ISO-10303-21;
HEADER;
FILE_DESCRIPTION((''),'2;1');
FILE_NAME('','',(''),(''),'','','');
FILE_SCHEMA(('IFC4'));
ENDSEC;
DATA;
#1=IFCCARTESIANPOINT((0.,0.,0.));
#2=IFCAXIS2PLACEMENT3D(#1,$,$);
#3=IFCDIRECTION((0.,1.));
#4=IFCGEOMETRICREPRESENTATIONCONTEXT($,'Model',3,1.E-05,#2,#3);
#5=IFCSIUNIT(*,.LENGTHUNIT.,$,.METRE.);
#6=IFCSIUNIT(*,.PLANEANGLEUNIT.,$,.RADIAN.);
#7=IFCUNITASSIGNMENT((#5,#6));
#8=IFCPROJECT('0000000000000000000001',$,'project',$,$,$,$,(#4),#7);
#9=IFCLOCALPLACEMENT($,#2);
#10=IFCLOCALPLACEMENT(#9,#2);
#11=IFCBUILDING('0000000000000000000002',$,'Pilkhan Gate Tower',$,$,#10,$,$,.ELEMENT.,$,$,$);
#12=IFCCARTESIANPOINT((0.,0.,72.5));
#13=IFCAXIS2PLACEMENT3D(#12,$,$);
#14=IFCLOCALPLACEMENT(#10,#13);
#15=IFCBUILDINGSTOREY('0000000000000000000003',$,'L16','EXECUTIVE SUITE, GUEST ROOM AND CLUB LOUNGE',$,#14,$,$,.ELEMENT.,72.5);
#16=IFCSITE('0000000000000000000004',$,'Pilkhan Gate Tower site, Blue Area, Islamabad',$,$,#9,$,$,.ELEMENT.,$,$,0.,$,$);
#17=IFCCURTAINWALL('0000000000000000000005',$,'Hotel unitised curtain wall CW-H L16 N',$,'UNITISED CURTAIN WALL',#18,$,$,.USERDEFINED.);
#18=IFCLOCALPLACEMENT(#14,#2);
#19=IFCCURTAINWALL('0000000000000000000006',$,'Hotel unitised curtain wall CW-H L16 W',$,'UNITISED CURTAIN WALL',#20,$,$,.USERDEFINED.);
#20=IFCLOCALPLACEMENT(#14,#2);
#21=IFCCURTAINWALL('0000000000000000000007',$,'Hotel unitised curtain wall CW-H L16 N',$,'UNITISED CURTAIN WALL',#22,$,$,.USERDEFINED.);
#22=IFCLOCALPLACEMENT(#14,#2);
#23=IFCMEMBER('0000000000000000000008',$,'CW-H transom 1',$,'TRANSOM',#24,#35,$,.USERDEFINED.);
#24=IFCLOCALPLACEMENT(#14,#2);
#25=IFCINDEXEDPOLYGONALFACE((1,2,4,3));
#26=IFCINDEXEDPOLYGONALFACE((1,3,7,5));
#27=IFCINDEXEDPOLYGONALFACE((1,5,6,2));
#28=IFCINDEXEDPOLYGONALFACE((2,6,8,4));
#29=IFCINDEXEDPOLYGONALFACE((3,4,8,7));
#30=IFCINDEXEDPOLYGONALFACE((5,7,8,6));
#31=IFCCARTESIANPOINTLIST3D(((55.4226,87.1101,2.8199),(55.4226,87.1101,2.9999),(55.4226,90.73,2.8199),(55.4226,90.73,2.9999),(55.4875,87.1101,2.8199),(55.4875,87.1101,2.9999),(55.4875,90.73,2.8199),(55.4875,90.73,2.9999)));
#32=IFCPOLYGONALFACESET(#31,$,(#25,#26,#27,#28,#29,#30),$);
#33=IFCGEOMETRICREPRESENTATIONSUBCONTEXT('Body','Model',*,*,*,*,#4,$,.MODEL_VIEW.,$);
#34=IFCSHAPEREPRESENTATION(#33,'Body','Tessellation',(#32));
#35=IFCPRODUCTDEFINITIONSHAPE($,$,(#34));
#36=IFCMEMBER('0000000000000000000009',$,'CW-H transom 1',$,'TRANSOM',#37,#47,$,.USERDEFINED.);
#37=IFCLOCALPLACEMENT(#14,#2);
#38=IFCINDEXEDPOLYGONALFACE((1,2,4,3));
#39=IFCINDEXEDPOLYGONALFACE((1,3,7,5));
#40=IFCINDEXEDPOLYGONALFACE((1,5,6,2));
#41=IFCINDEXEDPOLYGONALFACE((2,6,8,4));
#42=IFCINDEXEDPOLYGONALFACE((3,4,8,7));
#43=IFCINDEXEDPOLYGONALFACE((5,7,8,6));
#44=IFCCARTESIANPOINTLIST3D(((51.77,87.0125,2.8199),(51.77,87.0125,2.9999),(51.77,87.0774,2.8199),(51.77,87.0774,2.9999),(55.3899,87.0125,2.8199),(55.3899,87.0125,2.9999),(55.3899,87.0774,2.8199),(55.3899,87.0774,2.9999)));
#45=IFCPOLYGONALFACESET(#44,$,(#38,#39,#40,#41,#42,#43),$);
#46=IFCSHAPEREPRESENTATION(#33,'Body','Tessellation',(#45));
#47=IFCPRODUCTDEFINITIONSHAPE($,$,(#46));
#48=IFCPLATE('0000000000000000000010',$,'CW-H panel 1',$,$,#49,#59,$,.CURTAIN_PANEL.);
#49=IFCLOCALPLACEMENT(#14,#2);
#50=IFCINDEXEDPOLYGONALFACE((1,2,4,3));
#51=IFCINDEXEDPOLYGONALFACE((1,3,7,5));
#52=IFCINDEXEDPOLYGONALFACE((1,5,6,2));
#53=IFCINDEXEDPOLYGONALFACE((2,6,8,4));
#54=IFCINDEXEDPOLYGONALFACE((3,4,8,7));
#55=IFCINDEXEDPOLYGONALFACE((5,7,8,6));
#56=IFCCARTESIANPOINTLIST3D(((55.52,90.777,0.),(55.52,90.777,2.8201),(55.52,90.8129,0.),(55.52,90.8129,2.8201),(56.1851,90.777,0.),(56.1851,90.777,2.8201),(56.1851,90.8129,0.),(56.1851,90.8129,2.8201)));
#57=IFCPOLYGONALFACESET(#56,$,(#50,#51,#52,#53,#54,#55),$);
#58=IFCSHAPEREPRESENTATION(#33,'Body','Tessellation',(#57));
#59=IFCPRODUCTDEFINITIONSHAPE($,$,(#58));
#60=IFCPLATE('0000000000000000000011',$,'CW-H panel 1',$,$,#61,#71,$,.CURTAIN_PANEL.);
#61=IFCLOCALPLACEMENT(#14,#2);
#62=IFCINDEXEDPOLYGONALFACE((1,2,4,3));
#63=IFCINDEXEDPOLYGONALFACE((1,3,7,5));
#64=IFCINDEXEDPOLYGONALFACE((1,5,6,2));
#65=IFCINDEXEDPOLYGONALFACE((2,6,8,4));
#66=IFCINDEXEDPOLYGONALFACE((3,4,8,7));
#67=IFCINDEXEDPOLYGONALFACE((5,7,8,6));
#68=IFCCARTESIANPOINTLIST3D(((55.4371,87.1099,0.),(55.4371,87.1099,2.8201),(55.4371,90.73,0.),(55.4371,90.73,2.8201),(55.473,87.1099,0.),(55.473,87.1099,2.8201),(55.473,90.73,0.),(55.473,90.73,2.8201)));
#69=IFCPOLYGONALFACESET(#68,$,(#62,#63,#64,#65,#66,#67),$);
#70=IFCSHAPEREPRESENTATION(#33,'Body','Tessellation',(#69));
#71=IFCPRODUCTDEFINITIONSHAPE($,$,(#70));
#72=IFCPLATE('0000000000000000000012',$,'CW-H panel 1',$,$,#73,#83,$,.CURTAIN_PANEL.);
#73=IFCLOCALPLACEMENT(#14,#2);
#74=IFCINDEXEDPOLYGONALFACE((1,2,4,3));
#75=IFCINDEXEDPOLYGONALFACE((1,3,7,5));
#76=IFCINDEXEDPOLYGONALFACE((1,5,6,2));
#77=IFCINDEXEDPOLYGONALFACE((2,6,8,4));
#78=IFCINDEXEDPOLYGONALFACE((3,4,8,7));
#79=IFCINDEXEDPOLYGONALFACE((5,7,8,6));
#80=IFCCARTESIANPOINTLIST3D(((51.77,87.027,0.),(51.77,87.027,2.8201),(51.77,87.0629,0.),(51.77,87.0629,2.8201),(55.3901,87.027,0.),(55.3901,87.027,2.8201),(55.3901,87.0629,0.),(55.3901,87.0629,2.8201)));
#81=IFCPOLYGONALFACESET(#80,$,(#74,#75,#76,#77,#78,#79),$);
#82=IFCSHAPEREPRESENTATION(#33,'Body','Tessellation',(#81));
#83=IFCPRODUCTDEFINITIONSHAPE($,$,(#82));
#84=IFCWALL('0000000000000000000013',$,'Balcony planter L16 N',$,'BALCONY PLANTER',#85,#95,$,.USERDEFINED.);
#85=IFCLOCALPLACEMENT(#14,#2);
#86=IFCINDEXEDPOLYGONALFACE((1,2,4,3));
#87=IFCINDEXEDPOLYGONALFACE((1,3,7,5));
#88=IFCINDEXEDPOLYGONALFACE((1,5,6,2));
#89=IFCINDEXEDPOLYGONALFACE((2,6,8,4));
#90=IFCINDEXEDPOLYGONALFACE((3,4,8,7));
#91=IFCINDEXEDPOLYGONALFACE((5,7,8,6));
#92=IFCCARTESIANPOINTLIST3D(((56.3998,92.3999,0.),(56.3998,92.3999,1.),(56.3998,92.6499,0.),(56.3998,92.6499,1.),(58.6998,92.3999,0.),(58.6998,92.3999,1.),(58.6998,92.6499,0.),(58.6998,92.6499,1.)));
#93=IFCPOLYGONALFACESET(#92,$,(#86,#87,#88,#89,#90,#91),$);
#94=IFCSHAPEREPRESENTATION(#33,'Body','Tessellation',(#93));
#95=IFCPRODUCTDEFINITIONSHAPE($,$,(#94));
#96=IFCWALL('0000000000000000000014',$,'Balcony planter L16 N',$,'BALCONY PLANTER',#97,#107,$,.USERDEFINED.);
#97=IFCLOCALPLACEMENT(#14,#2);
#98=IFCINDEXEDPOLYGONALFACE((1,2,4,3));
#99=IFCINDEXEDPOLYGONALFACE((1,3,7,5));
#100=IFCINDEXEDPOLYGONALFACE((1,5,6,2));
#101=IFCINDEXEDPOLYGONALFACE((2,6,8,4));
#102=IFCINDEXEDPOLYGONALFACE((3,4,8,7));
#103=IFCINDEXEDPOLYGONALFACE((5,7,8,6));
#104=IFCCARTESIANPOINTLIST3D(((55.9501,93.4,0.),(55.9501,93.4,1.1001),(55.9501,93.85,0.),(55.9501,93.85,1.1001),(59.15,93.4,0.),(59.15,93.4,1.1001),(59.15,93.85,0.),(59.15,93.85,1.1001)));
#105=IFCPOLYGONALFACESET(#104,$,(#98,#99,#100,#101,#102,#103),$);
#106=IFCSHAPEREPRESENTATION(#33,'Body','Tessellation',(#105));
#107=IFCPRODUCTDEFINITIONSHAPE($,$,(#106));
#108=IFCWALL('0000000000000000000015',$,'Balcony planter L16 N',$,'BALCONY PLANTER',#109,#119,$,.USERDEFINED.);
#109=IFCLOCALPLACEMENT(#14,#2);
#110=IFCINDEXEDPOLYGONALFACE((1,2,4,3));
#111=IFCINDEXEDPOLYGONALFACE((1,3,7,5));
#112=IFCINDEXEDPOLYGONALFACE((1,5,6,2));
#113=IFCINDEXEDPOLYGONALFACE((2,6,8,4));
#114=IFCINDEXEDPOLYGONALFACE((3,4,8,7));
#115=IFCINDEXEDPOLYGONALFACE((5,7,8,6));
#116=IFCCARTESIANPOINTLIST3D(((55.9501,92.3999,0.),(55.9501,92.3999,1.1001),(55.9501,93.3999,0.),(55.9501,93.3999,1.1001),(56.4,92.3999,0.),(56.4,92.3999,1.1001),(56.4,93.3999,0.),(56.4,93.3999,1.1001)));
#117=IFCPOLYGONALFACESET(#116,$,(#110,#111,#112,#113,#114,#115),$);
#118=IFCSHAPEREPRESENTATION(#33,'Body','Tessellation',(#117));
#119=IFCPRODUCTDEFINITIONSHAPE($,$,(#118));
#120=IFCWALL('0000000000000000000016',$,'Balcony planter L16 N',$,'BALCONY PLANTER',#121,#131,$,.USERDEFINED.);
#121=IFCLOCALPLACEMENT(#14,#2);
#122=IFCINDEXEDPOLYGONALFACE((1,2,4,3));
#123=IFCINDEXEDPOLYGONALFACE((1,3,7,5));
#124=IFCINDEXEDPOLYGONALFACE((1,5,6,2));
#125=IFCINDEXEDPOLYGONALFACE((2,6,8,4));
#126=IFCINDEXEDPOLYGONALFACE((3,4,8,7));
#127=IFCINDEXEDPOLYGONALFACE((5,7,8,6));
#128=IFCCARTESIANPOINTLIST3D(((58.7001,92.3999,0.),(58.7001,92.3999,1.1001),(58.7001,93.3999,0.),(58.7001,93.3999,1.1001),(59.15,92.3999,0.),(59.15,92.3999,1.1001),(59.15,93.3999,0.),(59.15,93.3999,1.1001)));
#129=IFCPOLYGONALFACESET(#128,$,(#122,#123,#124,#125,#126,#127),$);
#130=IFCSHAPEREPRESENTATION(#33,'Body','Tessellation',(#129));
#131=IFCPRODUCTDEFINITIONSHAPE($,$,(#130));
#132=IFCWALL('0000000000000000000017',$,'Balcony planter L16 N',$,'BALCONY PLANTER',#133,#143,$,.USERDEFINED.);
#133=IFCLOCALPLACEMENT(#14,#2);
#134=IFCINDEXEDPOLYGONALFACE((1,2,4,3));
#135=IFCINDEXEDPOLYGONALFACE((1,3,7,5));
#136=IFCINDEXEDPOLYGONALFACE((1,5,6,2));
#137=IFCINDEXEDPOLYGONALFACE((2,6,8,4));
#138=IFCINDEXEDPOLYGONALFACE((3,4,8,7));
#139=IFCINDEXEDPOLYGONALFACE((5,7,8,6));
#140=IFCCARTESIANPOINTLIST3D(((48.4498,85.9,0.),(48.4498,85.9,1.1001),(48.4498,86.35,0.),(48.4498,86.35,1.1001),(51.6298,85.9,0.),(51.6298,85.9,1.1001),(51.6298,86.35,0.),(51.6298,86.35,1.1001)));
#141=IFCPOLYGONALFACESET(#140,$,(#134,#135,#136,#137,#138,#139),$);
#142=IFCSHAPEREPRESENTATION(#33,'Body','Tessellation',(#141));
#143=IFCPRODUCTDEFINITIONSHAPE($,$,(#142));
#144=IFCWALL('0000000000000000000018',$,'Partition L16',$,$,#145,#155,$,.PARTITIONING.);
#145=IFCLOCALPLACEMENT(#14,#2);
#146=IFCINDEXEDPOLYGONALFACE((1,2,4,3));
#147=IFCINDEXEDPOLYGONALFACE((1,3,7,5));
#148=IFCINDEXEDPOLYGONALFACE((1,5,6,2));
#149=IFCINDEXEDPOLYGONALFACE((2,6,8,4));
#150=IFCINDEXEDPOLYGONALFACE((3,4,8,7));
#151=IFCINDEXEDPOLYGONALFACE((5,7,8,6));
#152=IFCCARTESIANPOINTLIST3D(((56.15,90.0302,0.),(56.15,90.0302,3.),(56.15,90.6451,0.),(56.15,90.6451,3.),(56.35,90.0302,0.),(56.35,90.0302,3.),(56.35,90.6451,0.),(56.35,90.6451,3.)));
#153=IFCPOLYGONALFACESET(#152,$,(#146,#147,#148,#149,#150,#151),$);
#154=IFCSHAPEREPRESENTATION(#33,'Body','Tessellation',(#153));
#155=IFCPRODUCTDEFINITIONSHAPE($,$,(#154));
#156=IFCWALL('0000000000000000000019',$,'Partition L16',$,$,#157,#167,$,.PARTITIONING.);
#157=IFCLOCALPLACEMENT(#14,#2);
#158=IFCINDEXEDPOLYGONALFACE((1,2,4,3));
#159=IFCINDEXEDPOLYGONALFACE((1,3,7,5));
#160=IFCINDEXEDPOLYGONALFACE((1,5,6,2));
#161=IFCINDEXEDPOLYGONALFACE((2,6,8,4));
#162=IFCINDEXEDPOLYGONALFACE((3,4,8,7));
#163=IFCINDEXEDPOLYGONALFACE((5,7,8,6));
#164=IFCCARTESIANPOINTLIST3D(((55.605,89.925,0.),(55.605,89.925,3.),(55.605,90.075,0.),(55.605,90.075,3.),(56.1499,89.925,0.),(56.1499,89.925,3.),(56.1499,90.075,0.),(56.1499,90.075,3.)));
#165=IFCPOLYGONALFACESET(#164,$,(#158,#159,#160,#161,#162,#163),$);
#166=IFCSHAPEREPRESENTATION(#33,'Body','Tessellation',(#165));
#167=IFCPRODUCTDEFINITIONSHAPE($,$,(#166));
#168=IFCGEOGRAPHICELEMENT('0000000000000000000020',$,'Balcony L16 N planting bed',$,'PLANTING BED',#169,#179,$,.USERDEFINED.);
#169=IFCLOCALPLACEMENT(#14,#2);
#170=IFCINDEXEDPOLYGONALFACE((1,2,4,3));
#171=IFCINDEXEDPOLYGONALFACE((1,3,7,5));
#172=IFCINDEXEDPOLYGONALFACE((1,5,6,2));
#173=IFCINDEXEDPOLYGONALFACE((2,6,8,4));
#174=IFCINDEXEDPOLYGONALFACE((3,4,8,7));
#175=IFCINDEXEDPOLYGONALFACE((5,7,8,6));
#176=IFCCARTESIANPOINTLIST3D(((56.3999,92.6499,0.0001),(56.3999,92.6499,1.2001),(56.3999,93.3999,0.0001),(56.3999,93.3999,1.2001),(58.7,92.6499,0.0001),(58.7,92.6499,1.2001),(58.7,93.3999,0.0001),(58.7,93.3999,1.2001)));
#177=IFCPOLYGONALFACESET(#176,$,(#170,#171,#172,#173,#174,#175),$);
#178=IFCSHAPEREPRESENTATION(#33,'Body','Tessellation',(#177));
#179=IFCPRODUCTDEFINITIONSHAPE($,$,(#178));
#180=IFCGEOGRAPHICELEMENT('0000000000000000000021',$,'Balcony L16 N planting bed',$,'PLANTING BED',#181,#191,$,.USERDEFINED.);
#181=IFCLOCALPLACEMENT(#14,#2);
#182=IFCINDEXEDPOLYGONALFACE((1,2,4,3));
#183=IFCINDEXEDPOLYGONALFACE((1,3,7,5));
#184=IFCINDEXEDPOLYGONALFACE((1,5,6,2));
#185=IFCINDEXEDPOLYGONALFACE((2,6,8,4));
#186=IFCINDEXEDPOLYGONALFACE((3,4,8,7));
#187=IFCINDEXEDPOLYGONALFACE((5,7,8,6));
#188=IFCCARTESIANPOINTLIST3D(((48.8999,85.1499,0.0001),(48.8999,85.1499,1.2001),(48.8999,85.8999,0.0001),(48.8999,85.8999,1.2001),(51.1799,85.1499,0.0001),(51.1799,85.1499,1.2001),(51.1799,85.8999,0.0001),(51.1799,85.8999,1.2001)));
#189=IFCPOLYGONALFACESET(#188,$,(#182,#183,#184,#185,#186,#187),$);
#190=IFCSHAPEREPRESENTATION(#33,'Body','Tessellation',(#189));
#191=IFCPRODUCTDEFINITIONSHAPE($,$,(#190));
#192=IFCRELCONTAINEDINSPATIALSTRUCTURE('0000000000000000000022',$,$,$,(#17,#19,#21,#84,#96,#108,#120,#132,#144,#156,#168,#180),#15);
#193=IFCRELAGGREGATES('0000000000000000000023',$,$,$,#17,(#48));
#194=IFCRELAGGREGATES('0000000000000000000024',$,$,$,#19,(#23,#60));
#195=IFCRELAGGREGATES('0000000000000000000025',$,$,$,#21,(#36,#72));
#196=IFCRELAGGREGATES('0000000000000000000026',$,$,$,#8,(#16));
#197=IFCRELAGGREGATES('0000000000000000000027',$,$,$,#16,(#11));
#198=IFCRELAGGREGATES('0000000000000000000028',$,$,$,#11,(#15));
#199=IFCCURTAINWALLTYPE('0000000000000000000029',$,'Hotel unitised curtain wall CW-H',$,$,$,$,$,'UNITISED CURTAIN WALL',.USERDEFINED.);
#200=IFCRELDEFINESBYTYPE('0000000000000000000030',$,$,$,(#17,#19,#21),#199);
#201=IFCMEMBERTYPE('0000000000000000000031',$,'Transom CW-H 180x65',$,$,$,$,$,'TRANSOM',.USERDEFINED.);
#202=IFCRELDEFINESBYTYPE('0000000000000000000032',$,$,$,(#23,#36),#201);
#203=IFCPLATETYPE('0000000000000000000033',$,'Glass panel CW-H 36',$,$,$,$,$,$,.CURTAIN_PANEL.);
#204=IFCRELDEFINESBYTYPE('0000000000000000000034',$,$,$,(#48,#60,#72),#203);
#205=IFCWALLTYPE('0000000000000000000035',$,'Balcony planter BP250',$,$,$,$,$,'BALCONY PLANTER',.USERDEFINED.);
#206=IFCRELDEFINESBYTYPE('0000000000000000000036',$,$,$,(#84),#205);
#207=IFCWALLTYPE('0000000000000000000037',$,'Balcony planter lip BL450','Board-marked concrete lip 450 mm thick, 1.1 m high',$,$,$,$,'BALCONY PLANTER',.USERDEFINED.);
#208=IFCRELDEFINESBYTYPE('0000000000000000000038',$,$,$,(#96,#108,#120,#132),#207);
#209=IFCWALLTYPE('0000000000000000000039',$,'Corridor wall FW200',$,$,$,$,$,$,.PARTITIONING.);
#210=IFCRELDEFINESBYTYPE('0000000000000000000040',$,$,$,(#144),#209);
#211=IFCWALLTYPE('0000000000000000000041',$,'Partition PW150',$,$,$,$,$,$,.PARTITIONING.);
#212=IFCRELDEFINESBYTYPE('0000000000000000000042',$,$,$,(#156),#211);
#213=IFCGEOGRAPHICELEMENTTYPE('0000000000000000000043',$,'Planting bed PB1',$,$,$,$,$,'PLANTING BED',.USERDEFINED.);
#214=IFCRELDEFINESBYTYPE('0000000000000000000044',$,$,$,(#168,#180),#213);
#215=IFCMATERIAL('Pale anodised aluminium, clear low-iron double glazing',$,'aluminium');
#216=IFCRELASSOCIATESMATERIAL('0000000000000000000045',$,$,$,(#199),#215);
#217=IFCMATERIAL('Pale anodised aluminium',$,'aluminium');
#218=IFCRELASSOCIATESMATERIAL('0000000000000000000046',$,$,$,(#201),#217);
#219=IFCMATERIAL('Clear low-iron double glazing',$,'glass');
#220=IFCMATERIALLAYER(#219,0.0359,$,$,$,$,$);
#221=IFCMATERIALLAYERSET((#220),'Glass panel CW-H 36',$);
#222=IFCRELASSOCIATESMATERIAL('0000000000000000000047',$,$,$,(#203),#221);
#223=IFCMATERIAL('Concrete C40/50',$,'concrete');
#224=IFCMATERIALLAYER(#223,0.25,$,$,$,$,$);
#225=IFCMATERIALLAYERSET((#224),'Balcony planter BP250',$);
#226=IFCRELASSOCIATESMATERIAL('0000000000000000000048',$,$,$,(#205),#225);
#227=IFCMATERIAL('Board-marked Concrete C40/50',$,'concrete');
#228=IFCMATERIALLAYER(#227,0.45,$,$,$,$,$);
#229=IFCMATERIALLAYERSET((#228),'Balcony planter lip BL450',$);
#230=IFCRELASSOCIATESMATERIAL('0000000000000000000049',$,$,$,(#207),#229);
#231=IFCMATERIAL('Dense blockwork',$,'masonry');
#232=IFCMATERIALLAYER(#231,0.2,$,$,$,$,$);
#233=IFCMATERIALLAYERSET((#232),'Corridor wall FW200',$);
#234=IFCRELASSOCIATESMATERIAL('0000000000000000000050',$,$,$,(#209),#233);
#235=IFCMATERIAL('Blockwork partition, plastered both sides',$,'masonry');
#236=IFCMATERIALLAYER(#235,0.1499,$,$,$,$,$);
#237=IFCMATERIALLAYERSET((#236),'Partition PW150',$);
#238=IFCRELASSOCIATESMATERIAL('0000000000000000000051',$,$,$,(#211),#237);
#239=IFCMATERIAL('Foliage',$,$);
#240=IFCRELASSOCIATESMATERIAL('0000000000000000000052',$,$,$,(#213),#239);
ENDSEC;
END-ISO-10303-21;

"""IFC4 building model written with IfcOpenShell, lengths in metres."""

from ifc_helpers import new_model, si_unit, direction, frame, frame_2d, origin, origin_2d, place, context, subcontext, project, spatial, rectangle, extrude, material, layer, layer_set, material_profile, profile_set, type_object, element, aggregate, save


model = new_model("IFC4")

# Units and contexts
model_context = context("Model", 3, precision=1e-05, world=origin(), true_north=direction((0.0, 1.0)))
body_context = subcontext(model_context, "Body", "Model", "MODEL_VIEW")
ifc_project = project(units=[si_unit("LENGTHUNIT", "METRE"), si_unit("PLANEANGLEUNIT", "RADIAN")], contexts=[model_context])

# Site, building, storey
site_placement = place(None, origin())
site = spatial("IfcSite", under=ifc_project, at=site_placement, Name="Pilkhan Gate Tower site, Blue Area, Islamabad", CompositionType="ELEMENT", RefElevation=0.0)
building_placement = place(site_placement, origin())
building = spatial("IfcBuilding", under=site, at=building_placement, Name="Pilkhan Gate Tower", CompositionType="ELEMENT")
storey_placement = place(building_placement, frame((0.0, 0.0, 72.5)))
storey = spatial("IfcBuildingStorey", under=building, at=storey_placement, Name="L16", Description="EXECUTIVE SUITE, GUEST ROOM AND CLUB LOUNGE", CompositionType="ELEMENT", Elevation=72.5)

# Shared definitions
ifc_material_1 = material(Name="Pale anodised aluminium, clear low-iron double glazing", Category="aluminium")
curtain_wall_type = type_object("IfcCurtainWallType", Name="Hotel unitised curtain wall CW-H", ElementType="UNITISED CURTAIN WALL", PredefinedType="USERDEFINED", material=ifc_material_1)
ifc_material_2 = material(Name="Pale anodised aluminium", Category="aluminium")

# Curtain walls
curtain_wall_1_placement = place(storey_placement, origin())
curtain_wall_1 = element("IfcCurtainWall", 1, at=curtain_wall_1_placement, inside=storey, type_object=curtain_wall_type, Name="Hotel unitised curtain wall CW-H L16 N", ObjectType="UNITISED CURTAIN WALL", PredefinedType="USERDEFINED")
curtain_wall_2_placement = place(storey_placement, origin())
curtain_wall_2 = element("IfcCurtainWall", 2, at=curtain_wall_2_placement, inside=storey, type_object=curtain_wall_type, Name="Hotel unitised curtain wall CW-H L16 W", ObjectType="UNITISED CURTAIN WALL", PredefinedType="USERDEFINED")
curtain_wall_3_placement = place(storey_placement, origin())
curtain_wall_3 = element("IfcCurtainWall", 3, at=curtain_wall_3_placement, inside=storey, type_object=curtain_wall_type, Name="Hotel unitised curtain wall CW-H L16 N", ObjectType="UNITISED CURTAIN WALL", PredefinedType="USERDEFINED")

# Members
ifc_material_profile_1 = material_profile(ifc_material_2, rectangle(XDim=0.0649, YDim=0.1799, at=origin_2d()), Name="Transom 180x65")
ifc_profile_set_1 = profile_set([ifc_material_profile_1], Name="Pale anodised aluminium")
member_type_1 = type_object("IfcMemberType", Name="Transom CW-H 180x65", ElementType="TRANSOM", PredefinedType="USERDEFINED", material=ifc_profile_set_1)
member_1_placement = place(storey_placement, frame((55.4551, 87.1101, 2.9099), z_axis=(0.0, 1.0, 0.0), x_axis=(-1.0, 0.0, 0.0)))
member_1 = element("IfcMember", 4, at=member_1_placement, type_object=member_type_1, Name="CW-H transom 1", ObjectType="TRANSOM", PredefinedType="USERDEFINED", context=body_context, shape_type="SweptSolid", body=[
    extrude(rectangle(XDim=0.0649, YDim=0.1799, at=origin_2d()), origin(), (0.0, 0.0, 1.0), 3.6199),
])
member_2_placement = place(storey_placement, frame((51.77, 87.0449, 2.9099), z_axis=(1.0, 0.0, 0.0), x_axis=(0.0, 1.0, 0.0)))
member_2 = element("IfcMember", 5, at=member_2_placement, type_object=member_type_1, Name="CW-H transom 1", ObjectType="TRANSOM", PredefinedType="USERDEFINED", context=body_context, shape_type="SweptSolid", body=[
    extrude(rectangle(XDim=0.0649, YDim=0.1799, at=origin_2d()), origin(), (0.0, 0.0, 1.0), 3.6199),
])

# Plates
ifc_material_3 = material(Name="Clear low-iron double glazing", Category="glass")
ifc_layer_1 = layer(ifc_material_3, 0.0359)
ifc_layer_set_1 = layer_set([ifc_layer_1], Name="Glass panel CW-H 36")
plate_type = type_object("IfcPlateType", Name="Glass panel CW-H 36", PredefinedType="CURTAIN_PANEL", material=ifc_layer_set_1)
plate_1_placement = place(storey_placement, frame((55.8525, 90.7949, 0.0), z_axis=(0.0, 0.0, 1.0), x_axis=(1.0, 0.0, 0.0)))
plate_1 = element("IfcPlate", 6, at=plate_1_placement, type_object=plate_type, Name="CW-H panel 1", PredefinedType="CURTAIN_PANEL", context=body_context, shape_type="SweptSolid", body=[
    extrude(rectangle(XDim=0.665, YDim=0.0359, at=origin_2d()), origin(), (0.0, 0.0, 1.0), 2.8201),
])
aggregate(curtain_wall_1, [plate_1])
plate_2_placement = place(storey_placement, frame((55.4551, 88.9199, 0.0), z_axis=(0.0, 0.0, 1.0), x_axis=(0.0, 1.0, 0.0)))
plate_2 = element("IfcPlate", 7, at=plate_2_placement, type_object=plate_type, Name="CW-H panel 1", PredefinedType="CURTAIN_PANEL", context=body_context, shape_type="SweptSolid", body=[
    extrude(rectangle(XDim=3.6201, YDim=0.0359, at=origin_2d()), origin(), (0.0, 0.0, 1.0), 2.8201),
])
aggregate(curtain_wall_2, [member_1, plate_2])
plate_3_placement = place(storey_placement, frame((53.5801, 87.0449, 0.0), z_axis=(0.0, 0.0, 1.0), x_axis=(1.0, 0.0, 0.0)))
plate_3 = element("IfcPlate", 8, at=plate_3_placement, type_object=plate_type, Name="CW-H panel 1", PredefinedType="CURTAIN_PANEL", context=body_context, shape_type="SweptSolid", body=[
    extrude(rectangle(XDim=3.6201, YDim=0.0359, at=origin_2d()), origin(), (0.0, 0.0, 1.0), 2.8201),
])
aggregate(curtain_wall_3, [member_2, plate_3])

# Walls
ifc_material_4 = material(Name="Concrete C40/50", Category="concrete")
ifc_layer_2 = layer(ifc_material_4, 0.25)
ifc_layer_set_2 = layer_set([ifc_layer_2], Name="Balcony planter BP250")
wall_type_1 = type_object("IfcWallType", Name="Balcony planter BP250", ElementType="BALCONY PLANTER", PredefinedType="USERDEFINED", material=ifc_layer_set_2)
wall_1_placement = place(storey_placement, frame((56.3999, 92.5249, 0.0), z_axis=(0.0, 0.0, 1.0), x_axis=(1.0, 0.0, 0.0)))
element("IfcWall", 9, at=wall_1_placement, inside=storey, type_object=wall_type_1, Name="Balcony planter L16 N", ObjectType="BALCONY PLANTER", PredefinedType="USERDEFINED", context=body_context, shape_type="SweptSolid", body=[
    extrude(rectangle(XDim=2.3, YDim=0.25, at=frame_2d((1.1499, 0.0))), origin(), (0.0, 0.0, 1.0), 1.0),
])
ifc_material_5 = material(Name="Board-marked Concrete C40/50", Category="concrete")
ifc_layer_3 = layer(ifc_material_5, 0.45)
ifc_layer_set_3 = layer_set([ifc_layer_3], Name="Balcony planter lip BL450")
wall_type_2 = type_object("IfcWallType", Name="Balcony planter lip BL450", Description="Board-marked concrete lip 450 mm thick, 1.1 m high", ElementType="BALCONY PLANTER", PredefinedType="USERDEFINED", material=ifc_layer_set_3)
wall_2_placement = place(storey_placement, frame((55.95, 93.625, 0.0), z_axis=(0.0, 0.0, 1.0), x_axis=(1.0, 0.0, 0.0)))
element("IfcWall", 10, at=wall_2_placement, inside=storey, type_object=wall_type_2, Name="Balcony planter L16 N", ObjectType="BALCONY PLANTER", PredefinedType="USERDEFINED", context=body_context, shape_type="SweptSolid", body=[
    extrude(rectangle(XDim=3.2, YDim=0.45, at=frame_2d((1.6001, 0.0))), origin(), (0.0, 0.0, 1.0), 1.1001),
])
for number, where, z_axis, x_axis, name in (
    (11, (56.175, 92.3999, 0.0), (0.0, 0.0, 1.0), (0.0, 1.0, 0.0), "Balcony planter L16 N"),
    (12, (58.925, 92.3999, 0.0), (0.0, 0.0, 1.0), (0.0, 1.0, 0.0), "Balcony planter L16 N"),
):
    element("IfcWall", number, at=place(storey_placement, frame(where, z_axis=z_axis, x_axis=x_axis)), inside=storey, type_object=wall_type_2, Name=name, ObjectType="BALCONY PLANTER", PredefinedType="USERDEFINED", context=body_context, shape_type="SweptSolid", body=[
        extrude(rectangle(XDim=1.0, YDim=0.45, at=frame_2d((0.5, 0.0))), origin(), (0.0, 0.0, 1.0), 1.1001),
    ])
wall_3_placement = place(storey_placement, frame((48.45, 86.125, 0.0), z_axis=(0.0, 0.0, 1.0), x_axis=(1.0, 0.0, 0.0)))
element("IfcWall", 13, at=wall_3_placement, inside=storey, type_object=wall_type_2, Name="Balcony planter L16 N", ObjectType="BALCONY PLANTER", PredefinedType="USERDEFINED", context=body_context, shape_type="SweptSolid", body=[
    extrude(rectangle(XDim=3.1799, YDim=0.45, at=frame_2d((1.5898, 0.0))), origin(), (0.0, 0.0, 1.0), 1.1001),
])
ifc_material_6 = material(Name="Dense blockwork", Category="masonry")
ifc_layer_4 = layer(ifc_material_6, 0.2)
ifc_layer_set_4 = layer_set([ifc_layer_4], Name="Corridor wall FW200")
wall_type_3 = type_object("IfcWallType", Name="Corridor wall FW200", PredefinedType="PARTITIONING", material=ifc_layer_set_4)
wall_4_placement = place(storey_placement, frame((56.25, 90.03, 0.0), z_axis=(0.0, 0.0, 1.0), x_axis=(0.0, 1.0, 0.0)))
element("IfcWall", 14, at=wall_4_placement, inside=storey, type_object=wall_type_3, Name="Partition L16", PredefinedType="PARTITIONING", context=body_context, shape_type="SweptSolid", body=[
    extrude(rectangle(XDim=0.615, YDim=0.2, at=frame_2d((0.3076, 0.0))), origin(), (0.0, 0.0, 1.0), 3.0),
])

# Wall
ifc_material_7 = material(Name="Blockwork partition, plastered both sides", Category="masonry")
ifc_layer_5 = layer(ifc_material_7, 0.1499)
ifc_layer_set_5 = layer_set([ifc_layer_5], Name="Partition PW150")
wall_type_4 = type_object("IfcWallType", Name="Partition PW150", PredefinedType="PARTITIONING", material=ifc_layer_set_5)
wall_5_placement = place(storey_placement, frame((55.605, 90.0, 0.0), z_axis=(0.0, 0.0, 1.0), x_axis=(1.0, 0.0, 0.0)))
element("IfcWall", 15, at=wall_5_placement, inside=storey, type_object=wall_type_4, Name="Partition L16", PredefinedType="PARTITIONING", context=body_context, shape_type="SweptSolid", body=[
    extrude(rectangle(XDim=0.5449, YDim=0.1499, at=frame_2d((0.2725, 0.0))), origin(), (0.0, 0.0, 1.0), 3.0),
])

# Geographic elements
ifc_material_8 = material(Name="Foliage")
ifc_material_profile_2 = material_profile(ifc_material_8, rectangle(XDim=0.75, YDim=1.2, at=origin_2d()), Name="Bed 750x1200")
ifc_profile_set_2 = profile_set([ifc_material_profile_2], Name="Foliage")
geographic_element_type_1 = type_object("IfcGeographicElementType", Name="Planting bed PB1", ElementType="PLANTING BED", PredefinedType="USERDEFINED", material=ifc_profile_set_2)
geographic_element_1_placement = place(storey_placement, frame((56.3999, 93.0249, 0.6001), z_axis=(1.0, 0.0, 0.0), x_axis=(0.0, 1.0, 0.0)))
element("IfcGeographicElement", 16, at=geographic_element_1_placement, inside=storey, type_object=geographic_element_type_1, Name="Balcony L16 N planting bed", ObjectType="PLANTING BED", PredefinedType="USERDEFINED", context=body_context, shape_type="SweptSolid", body=[
    extrude(rectangle(XDim=0.75, YDim=1.2, at=origin_2d()), origin(), (0.0, 0.0, 1.0), 2.3),
])
geographic_element_2_placement = place(storey_placement, frame((48.8999, 85.5249, 0.6001), z_axis=(1.0, 0.0, 0.0), x_axis=(0.0, 1.0, 0.0)))
element("IfcGeographicElement", 17, at=geographic_element_2_placement, inside=storey, type_object=geographic_element_type_1, Name="Balcony L16 N planting bed", ObjectType="PLANTING BED", PredefinedType="USERDEFINED", context=body_context, shape_type="SweptSolid", body=[
    extrude(rectangle(XDim=0.75, YDim=1.2, at=origin_2d()), origin(), (0.0, 0.0, 1.0), 2.28),
])

save(model, "model.ifc")
